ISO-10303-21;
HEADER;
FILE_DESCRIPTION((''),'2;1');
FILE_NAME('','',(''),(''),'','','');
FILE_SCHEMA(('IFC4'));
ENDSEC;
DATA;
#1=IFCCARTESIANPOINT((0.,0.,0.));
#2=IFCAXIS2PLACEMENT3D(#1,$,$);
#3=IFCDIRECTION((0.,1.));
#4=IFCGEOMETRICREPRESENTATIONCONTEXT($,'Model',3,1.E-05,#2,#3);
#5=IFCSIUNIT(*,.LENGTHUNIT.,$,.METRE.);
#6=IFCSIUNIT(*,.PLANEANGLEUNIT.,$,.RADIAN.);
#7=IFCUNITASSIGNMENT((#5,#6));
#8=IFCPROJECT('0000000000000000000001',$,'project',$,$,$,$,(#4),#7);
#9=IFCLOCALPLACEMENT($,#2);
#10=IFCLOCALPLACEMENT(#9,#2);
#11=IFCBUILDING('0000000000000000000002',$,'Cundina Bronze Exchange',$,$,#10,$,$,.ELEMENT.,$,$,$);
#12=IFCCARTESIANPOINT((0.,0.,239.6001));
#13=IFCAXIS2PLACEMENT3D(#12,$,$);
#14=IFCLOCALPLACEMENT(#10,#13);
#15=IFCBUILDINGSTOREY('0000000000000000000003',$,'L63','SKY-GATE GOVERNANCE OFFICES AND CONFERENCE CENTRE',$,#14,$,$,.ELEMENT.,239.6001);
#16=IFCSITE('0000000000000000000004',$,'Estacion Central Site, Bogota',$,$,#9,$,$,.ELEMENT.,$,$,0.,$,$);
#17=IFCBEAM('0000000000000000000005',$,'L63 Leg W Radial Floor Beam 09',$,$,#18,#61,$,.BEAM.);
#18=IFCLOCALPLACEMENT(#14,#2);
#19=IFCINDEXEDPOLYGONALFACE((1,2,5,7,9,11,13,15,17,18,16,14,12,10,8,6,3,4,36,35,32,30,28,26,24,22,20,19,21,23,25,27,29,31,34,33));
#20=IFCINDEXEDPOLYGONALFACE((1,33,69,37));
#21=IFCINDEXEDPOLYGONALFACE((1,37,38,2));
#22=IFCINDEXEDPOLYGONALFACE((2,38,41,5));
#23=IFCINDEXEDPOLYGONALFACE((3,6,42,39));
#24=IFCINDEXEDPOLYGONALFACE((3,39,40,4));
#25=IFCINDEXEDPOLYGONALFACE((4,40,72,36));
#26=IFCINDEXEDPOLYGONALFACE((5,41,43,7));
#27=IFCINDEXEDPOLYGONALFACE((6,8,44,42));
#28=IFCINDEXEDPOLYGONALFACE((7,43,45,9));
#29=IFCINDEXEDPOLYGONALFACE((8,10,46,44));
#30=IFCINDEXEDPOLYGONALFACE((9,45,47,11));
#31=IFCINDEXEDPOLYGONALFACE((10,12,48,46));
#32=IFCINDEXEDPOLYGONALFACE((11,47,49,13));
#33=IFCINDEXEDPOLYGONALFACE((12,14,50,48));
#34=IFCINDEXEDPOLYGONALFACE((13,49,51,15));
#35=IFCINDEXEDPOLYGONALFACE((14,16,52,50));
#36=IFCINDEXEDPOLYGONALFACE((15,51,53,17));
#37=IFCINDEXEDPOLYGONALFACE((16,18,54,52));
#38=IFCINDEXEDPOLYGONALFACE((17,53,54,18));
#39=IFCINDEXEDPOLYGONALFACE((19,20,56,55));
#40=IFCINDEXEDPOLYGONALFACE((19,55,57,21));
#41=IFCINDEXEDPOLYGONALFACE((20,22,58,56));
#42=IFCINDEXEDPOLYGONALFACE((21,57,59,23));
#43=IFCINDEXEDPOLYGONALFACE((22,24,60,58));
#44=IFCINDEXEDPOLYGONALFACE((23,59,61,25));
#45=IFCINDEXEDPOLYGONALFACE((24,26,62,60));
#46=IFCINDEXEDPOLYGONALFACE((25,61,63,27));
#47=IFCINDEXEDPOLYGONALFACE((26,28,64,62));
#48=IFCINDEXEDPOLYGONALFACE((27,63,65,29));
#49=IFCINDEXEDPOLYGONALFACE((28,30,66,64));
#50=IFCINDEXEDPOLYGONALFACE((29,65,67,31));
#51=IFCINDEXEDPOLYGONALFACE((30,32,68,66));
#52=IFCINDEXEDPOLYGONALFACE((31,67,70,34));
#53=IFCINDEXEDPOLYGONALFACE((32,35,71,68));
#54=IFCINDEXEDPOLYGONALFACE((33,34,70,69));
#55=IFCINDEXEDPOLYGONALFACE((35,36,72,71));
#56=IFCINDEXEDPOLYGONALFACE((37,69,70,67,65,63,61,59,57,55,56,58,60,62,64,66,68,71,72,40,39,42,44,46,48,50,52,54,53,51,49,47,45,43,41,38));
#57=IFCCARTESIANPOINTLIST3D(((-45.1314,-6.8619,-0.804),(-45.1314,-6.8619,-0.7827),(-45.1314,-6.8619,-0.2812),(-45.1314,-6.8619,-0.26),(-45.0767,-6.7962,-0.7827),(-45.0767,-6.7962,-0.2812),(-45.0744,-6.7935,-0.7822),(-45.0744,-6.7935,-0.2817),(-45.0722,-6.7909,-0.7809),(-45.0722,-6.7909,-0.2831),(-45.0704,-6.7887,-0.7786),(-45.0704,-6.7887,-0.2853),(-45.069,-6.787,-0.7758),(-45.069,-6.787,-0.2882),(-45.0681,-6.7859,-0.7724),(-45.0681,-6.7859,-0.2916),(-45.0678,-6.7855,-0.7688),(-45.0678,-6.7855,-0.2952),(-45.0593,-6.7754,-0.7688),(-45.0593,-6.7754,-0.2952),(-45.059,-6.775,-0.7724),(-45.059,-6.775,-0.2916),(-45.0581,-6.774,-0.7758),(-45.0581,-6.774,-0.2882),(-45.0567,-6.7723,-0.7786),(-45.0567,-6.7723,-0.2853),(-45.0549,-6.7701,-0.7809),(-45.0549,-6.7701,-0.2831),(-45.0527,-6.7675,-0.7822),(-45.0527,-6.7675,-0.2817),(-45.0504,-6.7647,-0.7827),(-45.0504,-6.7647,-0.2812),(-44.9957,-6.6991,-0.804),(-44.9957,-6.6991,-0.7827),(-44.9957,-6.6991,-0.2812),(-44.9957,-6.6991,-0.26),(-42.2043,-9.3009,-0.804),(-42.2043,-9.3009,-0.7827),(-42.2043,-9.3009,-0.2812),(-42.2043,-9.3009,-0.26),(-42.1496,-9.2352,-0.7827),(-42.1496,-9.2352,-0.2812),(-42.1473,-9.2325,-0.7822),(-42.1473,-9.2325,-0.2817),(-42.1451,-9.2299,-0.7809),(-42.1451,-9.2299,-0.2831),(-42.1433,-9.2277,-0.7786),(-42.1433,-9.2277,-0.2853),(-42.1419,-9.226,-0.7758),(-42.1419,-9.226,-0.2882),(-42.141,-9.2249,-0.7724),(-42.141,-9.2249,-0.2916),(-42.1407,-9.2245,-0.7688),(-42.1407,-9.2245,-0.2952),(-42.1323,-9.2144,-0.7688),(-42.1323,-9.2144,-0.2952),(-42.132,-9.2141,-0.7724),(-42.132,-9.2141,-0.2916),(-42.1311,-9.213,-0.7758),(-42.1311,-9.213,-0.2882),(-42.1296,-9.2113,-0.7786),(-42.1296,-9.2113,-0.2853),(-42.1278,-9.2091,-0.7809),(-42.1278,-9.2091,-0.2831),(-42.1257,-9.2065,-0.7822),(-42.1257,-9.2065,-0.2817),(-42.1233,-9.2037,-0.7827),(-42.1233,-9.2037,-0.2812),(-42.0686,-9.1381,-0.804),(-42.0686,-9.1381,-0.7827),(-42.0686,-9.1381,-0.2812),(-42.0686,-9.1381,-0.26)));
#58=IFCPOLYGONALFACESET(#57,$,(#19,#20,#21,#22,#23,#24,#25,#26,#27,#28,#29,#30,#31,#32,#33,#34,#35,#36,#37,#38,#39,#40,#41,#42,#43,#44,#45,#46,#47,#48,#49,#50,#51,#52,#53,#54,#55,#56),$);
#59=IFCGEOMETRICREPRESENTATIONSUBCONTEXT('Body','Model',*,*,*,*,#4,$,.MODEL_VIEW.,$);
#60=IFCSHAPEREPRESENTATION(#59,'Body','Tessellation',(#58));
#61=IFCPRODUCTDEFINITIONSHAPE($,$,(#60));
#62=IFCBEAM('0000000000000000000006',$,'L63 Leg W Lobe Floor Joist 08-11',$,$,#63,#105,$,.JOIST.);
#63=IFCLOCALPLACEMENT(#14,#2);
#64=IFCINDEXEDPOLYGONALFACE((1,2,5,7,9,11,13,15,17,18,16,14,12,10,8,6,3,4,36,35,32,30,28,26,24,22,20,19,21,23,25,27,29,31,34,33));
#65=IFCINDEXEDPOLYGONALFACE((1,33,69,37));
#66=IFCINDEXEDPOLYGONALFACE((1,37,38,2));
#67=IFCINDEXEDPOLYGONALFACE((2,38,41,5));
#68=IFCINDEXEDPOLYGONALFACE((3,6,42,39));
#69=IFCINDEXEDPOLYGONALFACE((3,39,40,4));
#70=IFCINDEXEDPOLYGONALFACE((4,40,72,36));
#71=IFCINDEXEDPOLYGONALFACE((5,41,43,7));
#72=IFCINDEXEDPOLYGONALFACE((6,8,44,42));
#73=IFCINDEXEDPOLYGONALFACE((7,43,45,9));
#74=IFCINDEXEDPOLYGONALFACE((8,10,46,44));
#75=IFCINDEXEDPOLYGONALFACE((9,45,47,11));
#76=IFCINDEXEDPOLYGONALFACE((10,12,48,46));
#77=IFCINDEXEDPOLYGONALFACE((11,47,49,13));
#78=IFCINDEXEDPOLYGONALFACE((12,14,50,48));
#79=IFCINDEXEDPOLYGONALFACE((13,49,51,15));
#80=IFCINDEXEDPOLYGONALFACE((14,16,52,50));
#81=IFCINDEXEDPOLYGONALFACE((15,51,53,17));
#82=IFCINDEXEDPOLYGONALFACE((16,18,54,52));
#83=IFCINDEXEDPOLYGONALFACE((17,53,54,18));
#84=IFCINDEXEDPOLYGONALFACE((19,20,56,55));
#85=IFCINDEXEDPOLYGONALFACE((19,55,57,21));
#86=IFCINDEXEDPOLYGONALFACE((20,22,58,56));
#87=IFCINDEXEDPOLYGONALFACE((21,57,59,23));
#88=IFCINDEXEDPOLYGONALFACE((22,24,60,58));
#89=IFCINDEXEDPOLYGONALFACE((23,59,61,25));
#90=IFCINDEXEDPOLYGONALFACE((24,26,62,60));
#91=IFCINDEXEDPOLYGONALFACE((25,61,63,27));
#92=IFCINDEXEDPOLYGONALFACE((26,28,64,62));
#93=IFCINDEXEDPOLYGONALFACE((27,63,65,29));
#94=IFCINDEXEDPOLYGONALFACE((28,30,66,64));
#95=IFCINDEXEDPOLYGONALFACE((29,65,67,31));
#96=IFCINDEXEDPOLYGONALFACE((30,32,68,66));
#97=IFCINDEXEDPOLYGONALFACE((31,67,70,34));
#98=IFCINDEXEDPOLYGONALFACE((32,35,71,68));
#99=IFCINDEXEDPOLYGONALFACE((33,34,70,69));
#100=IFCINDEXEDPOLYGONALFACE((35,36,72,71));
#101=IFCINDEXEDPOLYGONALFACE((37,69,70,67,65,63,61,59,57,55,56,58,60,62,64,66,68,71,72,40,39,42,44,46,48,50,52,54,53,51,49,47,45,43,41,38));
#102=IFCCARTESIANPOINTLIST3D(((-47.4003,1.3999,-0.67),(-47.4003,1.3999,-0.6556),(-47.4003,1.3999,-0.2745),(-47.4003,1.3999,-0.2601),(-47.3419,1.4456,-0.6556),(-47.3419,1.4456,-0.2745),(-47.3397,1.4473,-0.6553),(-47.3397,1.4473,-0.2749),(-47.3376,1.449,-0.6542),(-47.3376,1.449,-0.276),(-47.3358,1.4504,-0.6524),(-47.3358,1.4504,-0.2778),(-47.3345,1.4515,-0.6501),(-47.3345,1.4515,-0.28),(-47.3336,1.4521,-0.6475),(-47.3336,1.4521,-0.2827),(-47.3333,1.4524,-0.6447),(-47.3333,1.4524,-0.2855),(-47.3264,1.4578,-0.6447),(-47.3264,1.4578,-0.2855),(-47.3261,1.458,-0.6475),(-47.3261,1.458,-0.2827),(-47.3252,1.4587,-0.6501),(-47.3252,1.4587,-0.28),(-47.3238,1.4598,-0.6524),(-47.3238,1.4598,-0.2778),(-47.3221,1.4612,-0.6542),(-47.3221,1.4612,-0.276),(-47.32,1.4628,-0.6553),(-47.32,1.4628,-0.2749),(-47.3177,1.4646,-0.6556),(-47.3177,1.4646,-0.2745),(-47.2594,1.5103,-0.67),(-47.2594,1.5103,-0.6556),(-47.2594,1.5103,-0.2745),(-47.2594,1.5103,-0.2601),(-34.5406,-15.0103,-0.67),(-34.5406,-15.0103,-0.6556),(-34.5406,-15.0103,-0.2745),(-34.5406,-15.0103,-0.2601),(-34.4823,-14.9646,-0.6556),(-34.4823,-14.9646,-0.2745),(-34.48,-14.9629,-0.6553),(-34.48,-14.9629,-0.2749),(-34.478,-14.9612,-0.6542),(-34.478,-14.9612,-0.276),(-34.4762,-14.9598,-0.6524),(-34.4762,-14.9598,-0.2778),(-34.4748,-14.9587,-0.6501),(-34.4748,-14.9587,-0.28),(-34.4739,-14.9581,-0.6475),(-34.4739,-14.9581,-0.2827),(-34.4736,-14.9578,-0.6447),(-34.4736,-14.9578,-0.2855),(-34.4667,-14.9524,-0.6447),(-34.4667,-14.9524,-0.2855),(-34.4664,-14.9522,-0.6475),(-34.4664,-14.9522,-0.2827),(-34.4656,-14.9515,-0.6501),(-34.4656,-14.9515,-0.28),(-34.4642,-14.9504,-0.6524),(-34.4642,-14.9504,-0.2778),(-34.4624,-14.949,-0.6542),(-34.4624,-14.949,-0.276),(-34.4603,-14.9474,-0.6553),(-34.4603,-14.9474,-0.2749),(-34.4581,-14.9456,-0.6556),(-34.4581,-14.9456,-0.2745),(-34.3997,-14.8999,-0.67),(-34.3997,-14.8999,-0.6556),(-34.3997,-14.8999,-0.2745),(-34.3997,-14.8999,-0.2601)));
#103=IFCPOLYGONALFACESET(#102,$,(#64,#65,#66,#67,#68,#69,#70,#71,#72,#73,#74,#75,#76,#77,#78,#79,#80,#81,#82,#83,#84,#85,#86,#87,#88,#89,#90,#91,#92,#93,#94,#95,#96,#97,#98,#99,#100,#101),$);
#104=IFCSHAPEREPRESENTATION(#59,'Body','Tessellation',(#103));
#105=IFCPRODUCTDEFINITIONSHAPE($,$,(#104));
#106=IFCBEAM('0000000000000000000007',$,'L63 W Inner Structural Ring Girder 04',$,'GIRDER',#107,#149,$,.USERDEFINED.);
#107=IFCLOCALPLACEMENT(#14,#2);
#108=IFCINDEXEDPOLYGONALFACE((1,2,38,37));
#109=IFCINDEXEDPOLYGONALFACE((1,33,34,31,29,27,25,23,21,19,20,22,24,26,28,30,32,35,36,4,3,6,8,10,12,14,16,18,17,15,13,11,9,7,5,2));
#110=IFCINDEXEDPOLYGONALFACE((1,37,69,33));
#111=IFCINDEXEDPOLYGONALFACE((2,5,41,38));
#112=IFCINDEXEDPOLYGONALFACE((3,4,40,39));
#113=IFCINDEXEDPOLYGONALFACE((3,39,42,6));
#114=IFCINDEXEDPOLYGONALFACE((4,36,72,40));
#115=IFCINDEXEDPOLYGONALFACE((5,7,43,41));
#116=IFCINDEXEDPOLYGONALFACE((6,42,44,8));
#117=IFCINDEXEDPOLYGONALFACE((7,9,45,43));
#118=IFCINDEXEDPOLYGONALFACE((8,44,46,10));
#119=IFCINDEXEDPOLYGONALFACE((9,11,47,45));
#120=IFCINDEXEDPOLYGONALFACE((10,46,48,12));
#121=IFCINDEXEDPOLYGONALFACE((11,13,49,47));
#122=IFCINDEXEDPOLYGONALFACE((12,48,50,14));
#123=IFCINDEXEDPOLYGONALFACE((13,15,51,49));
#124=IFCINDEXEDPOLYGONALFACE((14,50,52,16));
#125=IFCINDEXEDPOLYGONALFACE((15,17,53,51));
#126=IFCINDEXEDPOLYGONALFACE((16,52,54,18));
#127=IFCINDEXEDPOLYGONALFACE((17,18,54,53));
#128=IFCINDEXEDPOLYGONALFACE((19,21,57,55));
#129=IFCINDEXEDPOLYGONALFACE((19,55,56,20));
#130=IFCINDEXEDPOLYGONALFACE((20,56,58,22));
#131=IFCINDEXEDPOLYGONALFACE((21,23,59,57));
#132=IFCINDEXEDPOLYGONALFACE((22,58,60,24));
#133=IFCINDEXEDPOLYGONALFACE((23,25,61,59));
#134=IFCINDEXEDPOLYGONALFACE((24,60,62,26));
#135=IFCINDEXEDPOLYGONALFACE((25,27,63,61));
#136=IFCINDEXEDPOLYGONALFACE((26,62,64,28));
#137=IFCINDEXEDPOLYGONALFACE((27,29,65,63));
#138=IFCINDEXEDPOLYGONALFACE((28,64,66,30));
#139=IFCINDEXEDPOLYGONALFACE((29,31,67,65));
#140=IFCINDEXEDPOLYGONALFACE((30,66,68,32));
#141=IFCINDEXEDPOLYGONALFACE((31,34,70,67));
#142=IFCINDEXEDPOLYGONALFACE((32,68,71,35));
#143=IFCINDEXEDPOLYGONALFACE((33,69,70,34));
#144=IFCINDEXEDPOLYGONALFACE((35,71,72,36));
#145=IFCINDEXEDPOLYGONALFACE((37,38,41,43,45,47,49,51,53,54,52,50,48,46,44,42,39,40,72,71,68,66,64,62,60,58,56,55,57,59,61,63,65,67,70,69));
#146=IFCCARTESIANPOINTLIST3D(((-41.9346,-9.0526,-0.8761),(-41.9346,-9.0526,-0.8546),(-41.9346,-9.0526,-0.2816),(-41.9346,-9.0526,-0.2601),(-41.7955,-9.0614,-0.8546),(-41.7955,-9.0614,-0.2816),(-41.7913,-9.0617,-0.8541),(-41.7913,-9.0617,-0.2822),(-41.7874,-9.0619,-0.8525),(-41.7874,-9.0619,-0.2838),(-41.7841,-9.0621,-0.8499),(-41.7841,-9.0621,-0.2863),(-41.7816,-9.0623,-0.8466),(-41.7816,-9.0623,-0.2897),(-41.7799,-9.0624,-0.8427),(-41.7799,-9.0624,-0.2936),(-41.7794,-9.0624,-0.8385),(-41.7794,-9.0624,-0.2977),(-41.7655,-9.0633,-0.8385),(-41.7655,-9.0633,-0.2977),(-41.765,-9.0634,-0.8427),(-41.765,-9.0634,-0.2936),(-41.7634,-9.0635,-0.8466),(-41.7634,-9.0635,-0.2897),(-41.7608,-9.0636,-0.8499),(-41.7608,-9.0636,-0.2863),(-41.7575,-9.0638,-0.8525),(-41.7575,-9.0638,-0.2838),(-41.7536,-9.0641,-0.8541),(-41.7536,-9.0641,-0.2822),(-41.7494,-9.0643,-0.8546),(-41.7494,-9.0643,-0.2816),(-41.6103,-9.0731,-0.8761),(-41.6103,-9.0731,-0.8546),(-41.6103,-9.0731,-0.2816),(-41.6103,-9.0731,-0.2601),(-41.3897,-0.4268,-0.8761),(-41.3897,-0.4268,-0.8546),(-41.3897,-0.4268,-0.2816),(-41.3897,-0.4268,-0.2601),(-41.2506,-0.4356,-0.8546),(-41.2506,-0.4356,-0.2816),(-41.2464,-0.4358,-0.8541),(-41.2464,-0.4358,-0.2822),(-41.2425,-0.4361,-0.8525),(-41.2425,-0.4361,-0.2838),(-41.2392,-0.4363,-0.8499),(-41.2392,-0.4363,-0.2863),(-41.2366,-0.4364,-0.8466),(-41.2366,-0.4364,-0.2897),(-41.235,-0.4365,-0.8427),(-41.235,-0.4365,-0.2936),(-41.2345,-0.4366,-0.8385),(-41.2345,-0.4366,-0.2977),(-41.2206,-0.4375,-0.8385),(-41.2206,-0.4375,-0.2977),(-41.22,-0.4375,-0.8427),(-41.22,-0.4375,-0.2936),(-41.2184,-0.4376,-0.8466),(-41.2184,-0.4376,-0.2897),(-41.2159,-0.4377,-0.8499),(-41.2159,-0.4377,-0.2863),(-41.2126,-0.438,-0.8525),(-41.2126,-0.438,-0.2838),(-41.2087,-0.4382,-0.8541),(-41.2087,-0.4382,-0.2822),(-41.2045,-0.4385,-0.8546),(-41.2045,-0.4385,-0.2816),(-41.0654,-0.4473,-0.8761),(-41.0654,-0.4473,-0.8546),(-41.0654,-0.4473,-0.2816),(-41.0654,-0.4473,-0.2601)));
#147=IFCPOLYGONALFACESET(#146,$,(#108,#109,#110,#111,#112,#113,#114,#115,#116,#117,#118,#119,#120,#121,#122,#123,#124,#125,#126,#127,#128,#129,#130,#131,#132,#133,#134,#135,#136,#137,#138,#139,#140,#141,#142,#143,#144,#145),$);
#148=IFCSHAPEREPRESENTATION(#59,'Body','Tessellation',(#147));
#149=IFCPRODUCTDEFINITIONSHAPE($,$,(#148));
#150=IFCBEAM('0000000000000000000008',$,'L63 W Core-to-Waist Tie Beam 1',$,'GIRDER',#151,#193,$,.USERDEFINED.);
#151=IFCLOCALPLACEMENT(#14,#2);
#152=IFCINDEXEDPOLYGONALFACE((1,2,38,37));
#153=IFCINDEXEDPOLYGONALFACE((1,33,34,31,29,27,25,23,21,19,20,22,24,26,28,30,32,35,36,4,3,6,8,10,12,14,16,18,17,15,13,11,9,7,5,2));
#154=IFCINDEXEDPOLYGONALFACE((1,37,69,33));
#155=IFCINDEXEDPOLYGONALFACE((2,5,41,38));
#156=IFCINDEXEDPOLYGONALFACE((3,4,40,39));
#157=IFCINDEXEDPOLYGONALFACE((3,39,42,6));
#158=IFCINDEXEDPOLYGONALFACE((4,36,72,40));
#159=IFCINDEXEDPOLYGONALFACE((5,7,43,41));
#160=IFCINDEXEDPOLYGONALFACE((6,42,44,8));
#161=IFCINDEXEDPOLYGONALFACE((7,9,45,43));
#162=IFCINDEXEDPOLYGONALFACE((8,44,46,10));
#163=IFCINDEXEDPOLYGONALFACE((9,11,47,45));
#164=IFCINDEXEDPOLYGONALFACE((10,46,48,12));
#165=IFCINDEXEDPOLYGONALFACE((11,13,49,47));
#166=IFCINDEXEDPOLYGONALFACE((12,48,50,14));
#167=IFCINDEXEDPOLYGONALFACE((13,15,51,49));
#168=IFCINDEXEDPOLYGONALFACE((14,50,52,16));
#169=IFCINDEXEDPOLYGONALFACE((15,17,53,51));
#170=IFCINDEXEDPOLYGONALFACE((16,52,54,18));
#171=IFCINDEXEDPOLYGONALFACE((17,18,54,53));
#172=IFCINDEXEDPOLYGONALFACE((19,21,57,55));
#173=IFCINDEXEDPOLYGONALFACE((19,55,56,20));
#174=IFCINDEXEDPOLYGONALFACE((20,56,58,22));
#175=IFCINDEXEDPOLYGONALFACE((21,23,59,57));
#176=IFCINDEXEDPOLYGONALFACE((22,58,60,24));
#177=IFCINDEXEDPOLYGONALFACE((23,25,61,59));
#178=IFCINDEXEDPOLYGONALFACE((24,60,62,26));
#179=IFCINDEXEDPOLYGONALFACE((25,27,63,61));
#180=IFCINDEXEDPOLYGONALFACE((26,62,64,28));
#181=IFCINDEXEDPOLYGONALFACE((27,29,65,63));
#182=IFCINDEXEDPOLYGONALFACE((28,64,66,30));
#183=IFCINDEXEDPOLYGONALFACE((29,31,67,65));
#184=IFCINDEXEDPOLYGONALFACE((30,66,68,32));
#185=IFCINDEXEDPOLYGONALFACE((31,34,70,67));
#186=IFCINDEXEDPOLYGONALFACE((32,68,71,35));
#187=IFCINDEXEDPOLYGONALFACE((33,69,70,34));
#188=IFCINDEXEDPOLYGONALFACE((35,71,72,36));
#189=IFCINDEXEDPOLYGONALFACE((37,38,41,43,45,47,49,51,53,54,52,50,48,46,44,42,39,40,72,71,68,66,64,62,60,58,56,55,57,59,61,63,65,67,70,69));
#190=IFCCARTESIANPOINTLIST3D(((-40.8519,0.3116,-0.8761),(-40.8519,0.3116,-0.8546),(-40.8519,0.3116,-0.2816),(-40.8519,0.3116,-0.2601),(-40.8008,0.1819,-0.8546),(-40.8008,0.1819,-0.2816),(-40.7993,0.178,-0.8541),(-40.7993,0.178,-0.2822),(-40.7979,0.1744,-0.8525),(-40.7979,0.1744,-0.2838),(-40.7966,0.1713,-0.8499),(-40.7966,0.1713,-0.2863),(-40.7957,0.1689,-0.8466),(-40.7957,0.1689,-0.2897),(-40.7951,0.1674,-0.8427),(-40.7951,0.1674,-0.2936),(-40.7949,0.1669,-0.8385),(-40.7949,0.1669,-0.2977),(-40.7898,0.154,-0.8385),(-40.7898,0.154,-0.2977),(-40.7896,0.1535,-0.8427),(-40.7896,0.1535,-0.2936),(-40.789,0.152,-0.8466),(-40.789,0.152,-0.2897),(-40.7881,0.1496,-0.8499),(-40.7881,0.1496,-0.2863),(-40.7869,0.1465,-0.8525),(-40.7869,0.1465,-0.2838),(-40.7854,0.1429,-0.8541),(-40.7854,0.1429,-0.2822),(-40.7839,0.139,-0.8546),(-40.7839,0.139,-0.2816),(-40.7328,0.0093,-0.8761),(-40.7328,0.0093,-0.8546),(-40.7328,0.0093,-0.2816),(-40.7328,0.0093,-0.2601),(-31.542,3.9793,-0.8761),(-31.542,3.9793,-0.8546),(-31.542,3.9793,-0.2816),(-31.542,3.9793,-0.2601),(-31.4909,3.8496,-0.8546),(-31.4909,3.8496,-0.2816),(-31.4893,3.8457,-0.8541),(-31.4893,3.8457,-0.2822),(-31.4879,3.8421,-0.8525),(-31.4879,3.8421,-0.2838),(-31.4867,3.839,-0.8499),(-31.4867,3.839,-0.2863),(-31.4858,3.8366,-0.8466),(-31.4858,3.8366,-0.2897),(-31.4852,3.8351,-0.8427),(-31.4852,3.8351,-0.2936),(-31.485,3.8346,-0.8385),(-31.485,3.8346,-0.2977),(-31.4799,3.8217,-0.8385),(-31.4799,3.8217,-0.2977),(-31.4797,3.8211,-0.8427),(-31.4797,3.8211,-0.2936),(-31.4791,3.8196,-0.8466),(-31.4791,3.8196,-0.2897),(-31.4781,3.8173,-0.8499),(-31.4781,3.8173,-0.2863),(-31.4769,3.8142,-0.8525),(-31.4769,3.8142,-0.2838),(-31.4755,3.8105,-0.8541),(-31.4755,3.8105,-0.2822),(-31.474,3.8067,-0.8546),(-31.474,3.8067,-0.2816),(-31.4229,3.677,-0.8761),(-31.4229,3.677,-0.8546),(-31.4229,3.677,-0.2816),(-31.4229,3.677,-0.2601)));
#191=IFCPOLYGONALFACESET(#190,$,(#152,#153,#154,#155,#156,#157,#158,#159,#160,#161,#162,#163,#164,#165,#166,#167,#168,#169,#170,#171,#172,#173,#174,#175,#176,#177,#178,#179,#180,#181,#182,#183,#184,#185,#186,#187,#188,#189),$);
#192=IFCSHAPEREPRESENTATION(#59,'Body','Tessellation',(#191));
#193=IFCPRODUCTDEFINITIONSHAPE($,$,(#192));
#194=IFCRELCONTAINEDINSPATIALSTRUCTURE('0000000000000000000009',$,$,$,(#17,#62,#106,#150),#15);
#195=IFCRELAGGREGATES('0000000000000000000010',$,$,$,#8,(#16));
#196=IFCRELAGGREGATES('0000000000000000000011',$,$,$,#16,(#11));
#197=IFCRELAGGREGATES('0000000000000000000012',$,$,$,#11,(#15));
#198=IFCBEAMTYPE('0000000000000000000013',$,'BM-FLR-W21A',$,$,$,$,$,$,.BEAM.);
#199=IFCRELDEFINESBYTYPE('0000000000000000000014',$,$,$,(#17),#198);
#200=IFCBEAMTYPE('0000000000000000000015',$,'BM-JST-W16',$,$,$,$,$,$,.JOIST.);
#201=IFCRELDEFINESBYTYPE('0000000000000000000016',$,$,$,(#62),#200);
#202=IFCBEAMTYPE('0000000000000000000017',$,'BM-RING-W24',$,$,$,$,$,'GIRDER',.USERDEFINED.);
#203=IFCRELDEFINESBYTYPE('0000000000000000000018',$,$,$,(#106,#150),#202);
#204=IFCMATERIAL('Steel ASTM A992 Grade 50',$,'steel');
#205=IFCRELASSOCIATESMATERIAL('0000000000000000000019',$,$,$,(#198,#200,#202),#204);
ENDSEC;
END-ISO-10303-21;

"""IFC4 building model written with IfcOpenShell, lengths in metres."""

from ifc_helpers import new_model, si_unit, direction, frame, origin, origin_2d, place, context, subcontext, project, spatial, i_section, extrude, material, material_profile, profile_set, type_object, element, save


model = new_model("IFC4")

# Units and contexts
model_context = context("Model", 3, precision=1e-05, world=origin(), true_north=direction((0.0, 1.0)))
body_context = subcontext(model_context, "Body", "Model", "MODEL_VIEW")
ifc_project = project(units=[si_unit("LENGTHUNIT", "METRE"), si_unit("PLANEANGLEUNIT", "RADIAN")], contexts=[model_context])

# Site, building, storey
site_placement = place(None, origin())
site = spatial("IfcSite", under=ifc_project, at=site_placement, Name="Estacion Central Site, Bogota", CompositionType="ELEMENT", RefElevation=0.0)
building_placement = place(site_placement, origin())
building = spatial("IfcBuilding", under=site, at=building_placement, Name="Cundina Bronze Exchange", CompositionType="ELEMENT")
storey_placement = place(building_placement, frame((0.0, 0.0, 239.6001)))
storey = spatial("IfcBuildingStorey", under=building, at=storey_placement, Name="L63", Description="SKY-GATE GOVERNANCE OFFICES AND CONFERENCE CENTRE", CompositionType="ELEMENT", Elevation=239.6001)

# Shared definitions
ifc_material_1 = material(Name="Steel ASTM A992 Grade 50", Category="steel")

# Beams
ifc_material_profile_1 = material_profile(ifc_material_1, i_section(OverallWidth=0.2119, OverallDepth=0.5439, WebThickness=0.0132, FlangeThickness=0.0212, FilletRadius=0.0139, at=origin_2d()), Name="W21X83", Category="steel")
ifc_profile_set_1 = profile_set([ifc_material_profile_1], Name="Steel ASTM A992 Grade 50")
beam_type_1 = type_object("IfcBeamType", Name="BM-FLR-W21A", PredefinedType="BEAM", material=ifc_profile_set_1)
beam_1_placement = place(storey_placement, frame((-42.1365, -9.2195, -0.532), z_axis=(-0.768248, 0.640153, 0.0), x_axis=(-0.640153, -0.768248, 0.0)))
element("IfcBeam", 1, at=beam_1_placement, inside=storey, type_object=beam_type_1, Name="L63 Leg W Radial Floor Beam 09", PredefinedType="BEAM", context=body_context, shape_type="SweptSolid", body=[
    extrude(i_section(OverallWidth=0.2119, OverallDepth=0.5439, WebThickness=0.0132, FlangeThickness=0.0212, FilletRadius=0.0139, at=origin_2d()), origin(), (0.0, 0.0, 1.0), 3.8101),
])
ifc_material_profile_2 = material_profile(ifc_material_1, i_section(OverallWidth=0.179, OverallDepth=0.4099, WebThickness=0.0088, FlangeThickness=0.0144, FilletRadius=0.011, at=origin_2d()), Name="W16X45", Category="steel")
ifc_profile_set_2 = profile_set([ifc_material_profile_2], Name="Steel ASTM A992 Grade 50")
beam_type_2 = type_object("IfcBeamType", Name="BM-JST-W16", PredefinedType="JOIST", material=ifc_profile_set_2)
beam_2_placement = place(storey_placement, frame((-47.3298, 1.4551, -0.4651), z_axis=(0.61681, -0.787112, 0.0), x_axis=(0.787112, 0.61681, 0.0)))
element("IfcBeam", 2, at=beam_2_placement, inside=storey, type_object=beam_type_2, Name="L63 Leg W Lobe Floor Joist 08-11", PredefinedType="JOIST", context=body_context, shape_type="SweptSolid", body=[
    extrude(i_section(OverallWidth=0.179, OverallDepth=0.4099, WebThickness=0.0088, FlangeThickness=0.0144, FilletRadius=0.011, at=origin_2d()), origin(), (0.0, 0.0, 1.0), 20.8486),
])
ifc_material_profile_3 = material_profile(ifc_material_1, i_section(OverallWidth=0.325, OverallDepth=0.616, WebThickness=0.0139, FlangeThickness=0.0215, FilletRadius=0.0161, at=origin_2d()), Name="W24X117", Category="steel")
ifc_profile_set_3 = profile_set([ifc_material_profile_3], Name="Steel ASTM A992 Grade 50")
beam_type_3 = type_object("IfcBeamType", Name="BM-RING-W24", ElementType="GIRDER", PredefinedType="USERDEFINED", material=ifc_profile_set_3)
beam_3_placement = place(storey_placement, frame((-41.2275, -0.437, -0.5681), z_axis=(-0.063047, -0.998011, 0.0), x_axis=(0.998011, -0.063047, 0.0)))
element("IfcBeam", 3, at=beam_3_placement, inside=storey, type_object=beam_type_3, Name="L63 W Inner Structural Ring Girder 04", ObjectType="GIRDER", PredefinedType="USERDEFINED", context=body_context, shape_type="SweptSolid", body=[
    extrude(i_section(OverallWidth=0.325, OverallDepth=0.616, WebThickness=0.0139, FlangeThickness=0.0215, FilletRadius=0.0161, at=origin_2d()), origin(), (0.0, 0.0, 1.0), 8.6431),
])
beam_4_placement = place(storey_placement, frame((-31.4824, 3.8281, -0.5681), z_axis=(-0.930404, -0.366535, 0.0), x_axis=(0.366535, -0.930404, 0.0)))
element("IfcBeam", 4, at=beam_4_placement, inside=storey, type_object=beam_type_3, Name="L63 W Core-to-Waist Tie Beam 1", ObjectType="GIRDER", PredefinedType="USERDEFINED", context=body_context, shape_type="SweptSolid", body=[
    extrude(i_section(OverallWidth=0.325, OverallDepth=0.616, WebThickness=0.0139, FlangeThickness=0.0215, FilletRadius=0.0161, at=origin_2d()), origin(), (0.0, 0.0, 1.0), 10.0063),
])

save(model, "model.ifc")
